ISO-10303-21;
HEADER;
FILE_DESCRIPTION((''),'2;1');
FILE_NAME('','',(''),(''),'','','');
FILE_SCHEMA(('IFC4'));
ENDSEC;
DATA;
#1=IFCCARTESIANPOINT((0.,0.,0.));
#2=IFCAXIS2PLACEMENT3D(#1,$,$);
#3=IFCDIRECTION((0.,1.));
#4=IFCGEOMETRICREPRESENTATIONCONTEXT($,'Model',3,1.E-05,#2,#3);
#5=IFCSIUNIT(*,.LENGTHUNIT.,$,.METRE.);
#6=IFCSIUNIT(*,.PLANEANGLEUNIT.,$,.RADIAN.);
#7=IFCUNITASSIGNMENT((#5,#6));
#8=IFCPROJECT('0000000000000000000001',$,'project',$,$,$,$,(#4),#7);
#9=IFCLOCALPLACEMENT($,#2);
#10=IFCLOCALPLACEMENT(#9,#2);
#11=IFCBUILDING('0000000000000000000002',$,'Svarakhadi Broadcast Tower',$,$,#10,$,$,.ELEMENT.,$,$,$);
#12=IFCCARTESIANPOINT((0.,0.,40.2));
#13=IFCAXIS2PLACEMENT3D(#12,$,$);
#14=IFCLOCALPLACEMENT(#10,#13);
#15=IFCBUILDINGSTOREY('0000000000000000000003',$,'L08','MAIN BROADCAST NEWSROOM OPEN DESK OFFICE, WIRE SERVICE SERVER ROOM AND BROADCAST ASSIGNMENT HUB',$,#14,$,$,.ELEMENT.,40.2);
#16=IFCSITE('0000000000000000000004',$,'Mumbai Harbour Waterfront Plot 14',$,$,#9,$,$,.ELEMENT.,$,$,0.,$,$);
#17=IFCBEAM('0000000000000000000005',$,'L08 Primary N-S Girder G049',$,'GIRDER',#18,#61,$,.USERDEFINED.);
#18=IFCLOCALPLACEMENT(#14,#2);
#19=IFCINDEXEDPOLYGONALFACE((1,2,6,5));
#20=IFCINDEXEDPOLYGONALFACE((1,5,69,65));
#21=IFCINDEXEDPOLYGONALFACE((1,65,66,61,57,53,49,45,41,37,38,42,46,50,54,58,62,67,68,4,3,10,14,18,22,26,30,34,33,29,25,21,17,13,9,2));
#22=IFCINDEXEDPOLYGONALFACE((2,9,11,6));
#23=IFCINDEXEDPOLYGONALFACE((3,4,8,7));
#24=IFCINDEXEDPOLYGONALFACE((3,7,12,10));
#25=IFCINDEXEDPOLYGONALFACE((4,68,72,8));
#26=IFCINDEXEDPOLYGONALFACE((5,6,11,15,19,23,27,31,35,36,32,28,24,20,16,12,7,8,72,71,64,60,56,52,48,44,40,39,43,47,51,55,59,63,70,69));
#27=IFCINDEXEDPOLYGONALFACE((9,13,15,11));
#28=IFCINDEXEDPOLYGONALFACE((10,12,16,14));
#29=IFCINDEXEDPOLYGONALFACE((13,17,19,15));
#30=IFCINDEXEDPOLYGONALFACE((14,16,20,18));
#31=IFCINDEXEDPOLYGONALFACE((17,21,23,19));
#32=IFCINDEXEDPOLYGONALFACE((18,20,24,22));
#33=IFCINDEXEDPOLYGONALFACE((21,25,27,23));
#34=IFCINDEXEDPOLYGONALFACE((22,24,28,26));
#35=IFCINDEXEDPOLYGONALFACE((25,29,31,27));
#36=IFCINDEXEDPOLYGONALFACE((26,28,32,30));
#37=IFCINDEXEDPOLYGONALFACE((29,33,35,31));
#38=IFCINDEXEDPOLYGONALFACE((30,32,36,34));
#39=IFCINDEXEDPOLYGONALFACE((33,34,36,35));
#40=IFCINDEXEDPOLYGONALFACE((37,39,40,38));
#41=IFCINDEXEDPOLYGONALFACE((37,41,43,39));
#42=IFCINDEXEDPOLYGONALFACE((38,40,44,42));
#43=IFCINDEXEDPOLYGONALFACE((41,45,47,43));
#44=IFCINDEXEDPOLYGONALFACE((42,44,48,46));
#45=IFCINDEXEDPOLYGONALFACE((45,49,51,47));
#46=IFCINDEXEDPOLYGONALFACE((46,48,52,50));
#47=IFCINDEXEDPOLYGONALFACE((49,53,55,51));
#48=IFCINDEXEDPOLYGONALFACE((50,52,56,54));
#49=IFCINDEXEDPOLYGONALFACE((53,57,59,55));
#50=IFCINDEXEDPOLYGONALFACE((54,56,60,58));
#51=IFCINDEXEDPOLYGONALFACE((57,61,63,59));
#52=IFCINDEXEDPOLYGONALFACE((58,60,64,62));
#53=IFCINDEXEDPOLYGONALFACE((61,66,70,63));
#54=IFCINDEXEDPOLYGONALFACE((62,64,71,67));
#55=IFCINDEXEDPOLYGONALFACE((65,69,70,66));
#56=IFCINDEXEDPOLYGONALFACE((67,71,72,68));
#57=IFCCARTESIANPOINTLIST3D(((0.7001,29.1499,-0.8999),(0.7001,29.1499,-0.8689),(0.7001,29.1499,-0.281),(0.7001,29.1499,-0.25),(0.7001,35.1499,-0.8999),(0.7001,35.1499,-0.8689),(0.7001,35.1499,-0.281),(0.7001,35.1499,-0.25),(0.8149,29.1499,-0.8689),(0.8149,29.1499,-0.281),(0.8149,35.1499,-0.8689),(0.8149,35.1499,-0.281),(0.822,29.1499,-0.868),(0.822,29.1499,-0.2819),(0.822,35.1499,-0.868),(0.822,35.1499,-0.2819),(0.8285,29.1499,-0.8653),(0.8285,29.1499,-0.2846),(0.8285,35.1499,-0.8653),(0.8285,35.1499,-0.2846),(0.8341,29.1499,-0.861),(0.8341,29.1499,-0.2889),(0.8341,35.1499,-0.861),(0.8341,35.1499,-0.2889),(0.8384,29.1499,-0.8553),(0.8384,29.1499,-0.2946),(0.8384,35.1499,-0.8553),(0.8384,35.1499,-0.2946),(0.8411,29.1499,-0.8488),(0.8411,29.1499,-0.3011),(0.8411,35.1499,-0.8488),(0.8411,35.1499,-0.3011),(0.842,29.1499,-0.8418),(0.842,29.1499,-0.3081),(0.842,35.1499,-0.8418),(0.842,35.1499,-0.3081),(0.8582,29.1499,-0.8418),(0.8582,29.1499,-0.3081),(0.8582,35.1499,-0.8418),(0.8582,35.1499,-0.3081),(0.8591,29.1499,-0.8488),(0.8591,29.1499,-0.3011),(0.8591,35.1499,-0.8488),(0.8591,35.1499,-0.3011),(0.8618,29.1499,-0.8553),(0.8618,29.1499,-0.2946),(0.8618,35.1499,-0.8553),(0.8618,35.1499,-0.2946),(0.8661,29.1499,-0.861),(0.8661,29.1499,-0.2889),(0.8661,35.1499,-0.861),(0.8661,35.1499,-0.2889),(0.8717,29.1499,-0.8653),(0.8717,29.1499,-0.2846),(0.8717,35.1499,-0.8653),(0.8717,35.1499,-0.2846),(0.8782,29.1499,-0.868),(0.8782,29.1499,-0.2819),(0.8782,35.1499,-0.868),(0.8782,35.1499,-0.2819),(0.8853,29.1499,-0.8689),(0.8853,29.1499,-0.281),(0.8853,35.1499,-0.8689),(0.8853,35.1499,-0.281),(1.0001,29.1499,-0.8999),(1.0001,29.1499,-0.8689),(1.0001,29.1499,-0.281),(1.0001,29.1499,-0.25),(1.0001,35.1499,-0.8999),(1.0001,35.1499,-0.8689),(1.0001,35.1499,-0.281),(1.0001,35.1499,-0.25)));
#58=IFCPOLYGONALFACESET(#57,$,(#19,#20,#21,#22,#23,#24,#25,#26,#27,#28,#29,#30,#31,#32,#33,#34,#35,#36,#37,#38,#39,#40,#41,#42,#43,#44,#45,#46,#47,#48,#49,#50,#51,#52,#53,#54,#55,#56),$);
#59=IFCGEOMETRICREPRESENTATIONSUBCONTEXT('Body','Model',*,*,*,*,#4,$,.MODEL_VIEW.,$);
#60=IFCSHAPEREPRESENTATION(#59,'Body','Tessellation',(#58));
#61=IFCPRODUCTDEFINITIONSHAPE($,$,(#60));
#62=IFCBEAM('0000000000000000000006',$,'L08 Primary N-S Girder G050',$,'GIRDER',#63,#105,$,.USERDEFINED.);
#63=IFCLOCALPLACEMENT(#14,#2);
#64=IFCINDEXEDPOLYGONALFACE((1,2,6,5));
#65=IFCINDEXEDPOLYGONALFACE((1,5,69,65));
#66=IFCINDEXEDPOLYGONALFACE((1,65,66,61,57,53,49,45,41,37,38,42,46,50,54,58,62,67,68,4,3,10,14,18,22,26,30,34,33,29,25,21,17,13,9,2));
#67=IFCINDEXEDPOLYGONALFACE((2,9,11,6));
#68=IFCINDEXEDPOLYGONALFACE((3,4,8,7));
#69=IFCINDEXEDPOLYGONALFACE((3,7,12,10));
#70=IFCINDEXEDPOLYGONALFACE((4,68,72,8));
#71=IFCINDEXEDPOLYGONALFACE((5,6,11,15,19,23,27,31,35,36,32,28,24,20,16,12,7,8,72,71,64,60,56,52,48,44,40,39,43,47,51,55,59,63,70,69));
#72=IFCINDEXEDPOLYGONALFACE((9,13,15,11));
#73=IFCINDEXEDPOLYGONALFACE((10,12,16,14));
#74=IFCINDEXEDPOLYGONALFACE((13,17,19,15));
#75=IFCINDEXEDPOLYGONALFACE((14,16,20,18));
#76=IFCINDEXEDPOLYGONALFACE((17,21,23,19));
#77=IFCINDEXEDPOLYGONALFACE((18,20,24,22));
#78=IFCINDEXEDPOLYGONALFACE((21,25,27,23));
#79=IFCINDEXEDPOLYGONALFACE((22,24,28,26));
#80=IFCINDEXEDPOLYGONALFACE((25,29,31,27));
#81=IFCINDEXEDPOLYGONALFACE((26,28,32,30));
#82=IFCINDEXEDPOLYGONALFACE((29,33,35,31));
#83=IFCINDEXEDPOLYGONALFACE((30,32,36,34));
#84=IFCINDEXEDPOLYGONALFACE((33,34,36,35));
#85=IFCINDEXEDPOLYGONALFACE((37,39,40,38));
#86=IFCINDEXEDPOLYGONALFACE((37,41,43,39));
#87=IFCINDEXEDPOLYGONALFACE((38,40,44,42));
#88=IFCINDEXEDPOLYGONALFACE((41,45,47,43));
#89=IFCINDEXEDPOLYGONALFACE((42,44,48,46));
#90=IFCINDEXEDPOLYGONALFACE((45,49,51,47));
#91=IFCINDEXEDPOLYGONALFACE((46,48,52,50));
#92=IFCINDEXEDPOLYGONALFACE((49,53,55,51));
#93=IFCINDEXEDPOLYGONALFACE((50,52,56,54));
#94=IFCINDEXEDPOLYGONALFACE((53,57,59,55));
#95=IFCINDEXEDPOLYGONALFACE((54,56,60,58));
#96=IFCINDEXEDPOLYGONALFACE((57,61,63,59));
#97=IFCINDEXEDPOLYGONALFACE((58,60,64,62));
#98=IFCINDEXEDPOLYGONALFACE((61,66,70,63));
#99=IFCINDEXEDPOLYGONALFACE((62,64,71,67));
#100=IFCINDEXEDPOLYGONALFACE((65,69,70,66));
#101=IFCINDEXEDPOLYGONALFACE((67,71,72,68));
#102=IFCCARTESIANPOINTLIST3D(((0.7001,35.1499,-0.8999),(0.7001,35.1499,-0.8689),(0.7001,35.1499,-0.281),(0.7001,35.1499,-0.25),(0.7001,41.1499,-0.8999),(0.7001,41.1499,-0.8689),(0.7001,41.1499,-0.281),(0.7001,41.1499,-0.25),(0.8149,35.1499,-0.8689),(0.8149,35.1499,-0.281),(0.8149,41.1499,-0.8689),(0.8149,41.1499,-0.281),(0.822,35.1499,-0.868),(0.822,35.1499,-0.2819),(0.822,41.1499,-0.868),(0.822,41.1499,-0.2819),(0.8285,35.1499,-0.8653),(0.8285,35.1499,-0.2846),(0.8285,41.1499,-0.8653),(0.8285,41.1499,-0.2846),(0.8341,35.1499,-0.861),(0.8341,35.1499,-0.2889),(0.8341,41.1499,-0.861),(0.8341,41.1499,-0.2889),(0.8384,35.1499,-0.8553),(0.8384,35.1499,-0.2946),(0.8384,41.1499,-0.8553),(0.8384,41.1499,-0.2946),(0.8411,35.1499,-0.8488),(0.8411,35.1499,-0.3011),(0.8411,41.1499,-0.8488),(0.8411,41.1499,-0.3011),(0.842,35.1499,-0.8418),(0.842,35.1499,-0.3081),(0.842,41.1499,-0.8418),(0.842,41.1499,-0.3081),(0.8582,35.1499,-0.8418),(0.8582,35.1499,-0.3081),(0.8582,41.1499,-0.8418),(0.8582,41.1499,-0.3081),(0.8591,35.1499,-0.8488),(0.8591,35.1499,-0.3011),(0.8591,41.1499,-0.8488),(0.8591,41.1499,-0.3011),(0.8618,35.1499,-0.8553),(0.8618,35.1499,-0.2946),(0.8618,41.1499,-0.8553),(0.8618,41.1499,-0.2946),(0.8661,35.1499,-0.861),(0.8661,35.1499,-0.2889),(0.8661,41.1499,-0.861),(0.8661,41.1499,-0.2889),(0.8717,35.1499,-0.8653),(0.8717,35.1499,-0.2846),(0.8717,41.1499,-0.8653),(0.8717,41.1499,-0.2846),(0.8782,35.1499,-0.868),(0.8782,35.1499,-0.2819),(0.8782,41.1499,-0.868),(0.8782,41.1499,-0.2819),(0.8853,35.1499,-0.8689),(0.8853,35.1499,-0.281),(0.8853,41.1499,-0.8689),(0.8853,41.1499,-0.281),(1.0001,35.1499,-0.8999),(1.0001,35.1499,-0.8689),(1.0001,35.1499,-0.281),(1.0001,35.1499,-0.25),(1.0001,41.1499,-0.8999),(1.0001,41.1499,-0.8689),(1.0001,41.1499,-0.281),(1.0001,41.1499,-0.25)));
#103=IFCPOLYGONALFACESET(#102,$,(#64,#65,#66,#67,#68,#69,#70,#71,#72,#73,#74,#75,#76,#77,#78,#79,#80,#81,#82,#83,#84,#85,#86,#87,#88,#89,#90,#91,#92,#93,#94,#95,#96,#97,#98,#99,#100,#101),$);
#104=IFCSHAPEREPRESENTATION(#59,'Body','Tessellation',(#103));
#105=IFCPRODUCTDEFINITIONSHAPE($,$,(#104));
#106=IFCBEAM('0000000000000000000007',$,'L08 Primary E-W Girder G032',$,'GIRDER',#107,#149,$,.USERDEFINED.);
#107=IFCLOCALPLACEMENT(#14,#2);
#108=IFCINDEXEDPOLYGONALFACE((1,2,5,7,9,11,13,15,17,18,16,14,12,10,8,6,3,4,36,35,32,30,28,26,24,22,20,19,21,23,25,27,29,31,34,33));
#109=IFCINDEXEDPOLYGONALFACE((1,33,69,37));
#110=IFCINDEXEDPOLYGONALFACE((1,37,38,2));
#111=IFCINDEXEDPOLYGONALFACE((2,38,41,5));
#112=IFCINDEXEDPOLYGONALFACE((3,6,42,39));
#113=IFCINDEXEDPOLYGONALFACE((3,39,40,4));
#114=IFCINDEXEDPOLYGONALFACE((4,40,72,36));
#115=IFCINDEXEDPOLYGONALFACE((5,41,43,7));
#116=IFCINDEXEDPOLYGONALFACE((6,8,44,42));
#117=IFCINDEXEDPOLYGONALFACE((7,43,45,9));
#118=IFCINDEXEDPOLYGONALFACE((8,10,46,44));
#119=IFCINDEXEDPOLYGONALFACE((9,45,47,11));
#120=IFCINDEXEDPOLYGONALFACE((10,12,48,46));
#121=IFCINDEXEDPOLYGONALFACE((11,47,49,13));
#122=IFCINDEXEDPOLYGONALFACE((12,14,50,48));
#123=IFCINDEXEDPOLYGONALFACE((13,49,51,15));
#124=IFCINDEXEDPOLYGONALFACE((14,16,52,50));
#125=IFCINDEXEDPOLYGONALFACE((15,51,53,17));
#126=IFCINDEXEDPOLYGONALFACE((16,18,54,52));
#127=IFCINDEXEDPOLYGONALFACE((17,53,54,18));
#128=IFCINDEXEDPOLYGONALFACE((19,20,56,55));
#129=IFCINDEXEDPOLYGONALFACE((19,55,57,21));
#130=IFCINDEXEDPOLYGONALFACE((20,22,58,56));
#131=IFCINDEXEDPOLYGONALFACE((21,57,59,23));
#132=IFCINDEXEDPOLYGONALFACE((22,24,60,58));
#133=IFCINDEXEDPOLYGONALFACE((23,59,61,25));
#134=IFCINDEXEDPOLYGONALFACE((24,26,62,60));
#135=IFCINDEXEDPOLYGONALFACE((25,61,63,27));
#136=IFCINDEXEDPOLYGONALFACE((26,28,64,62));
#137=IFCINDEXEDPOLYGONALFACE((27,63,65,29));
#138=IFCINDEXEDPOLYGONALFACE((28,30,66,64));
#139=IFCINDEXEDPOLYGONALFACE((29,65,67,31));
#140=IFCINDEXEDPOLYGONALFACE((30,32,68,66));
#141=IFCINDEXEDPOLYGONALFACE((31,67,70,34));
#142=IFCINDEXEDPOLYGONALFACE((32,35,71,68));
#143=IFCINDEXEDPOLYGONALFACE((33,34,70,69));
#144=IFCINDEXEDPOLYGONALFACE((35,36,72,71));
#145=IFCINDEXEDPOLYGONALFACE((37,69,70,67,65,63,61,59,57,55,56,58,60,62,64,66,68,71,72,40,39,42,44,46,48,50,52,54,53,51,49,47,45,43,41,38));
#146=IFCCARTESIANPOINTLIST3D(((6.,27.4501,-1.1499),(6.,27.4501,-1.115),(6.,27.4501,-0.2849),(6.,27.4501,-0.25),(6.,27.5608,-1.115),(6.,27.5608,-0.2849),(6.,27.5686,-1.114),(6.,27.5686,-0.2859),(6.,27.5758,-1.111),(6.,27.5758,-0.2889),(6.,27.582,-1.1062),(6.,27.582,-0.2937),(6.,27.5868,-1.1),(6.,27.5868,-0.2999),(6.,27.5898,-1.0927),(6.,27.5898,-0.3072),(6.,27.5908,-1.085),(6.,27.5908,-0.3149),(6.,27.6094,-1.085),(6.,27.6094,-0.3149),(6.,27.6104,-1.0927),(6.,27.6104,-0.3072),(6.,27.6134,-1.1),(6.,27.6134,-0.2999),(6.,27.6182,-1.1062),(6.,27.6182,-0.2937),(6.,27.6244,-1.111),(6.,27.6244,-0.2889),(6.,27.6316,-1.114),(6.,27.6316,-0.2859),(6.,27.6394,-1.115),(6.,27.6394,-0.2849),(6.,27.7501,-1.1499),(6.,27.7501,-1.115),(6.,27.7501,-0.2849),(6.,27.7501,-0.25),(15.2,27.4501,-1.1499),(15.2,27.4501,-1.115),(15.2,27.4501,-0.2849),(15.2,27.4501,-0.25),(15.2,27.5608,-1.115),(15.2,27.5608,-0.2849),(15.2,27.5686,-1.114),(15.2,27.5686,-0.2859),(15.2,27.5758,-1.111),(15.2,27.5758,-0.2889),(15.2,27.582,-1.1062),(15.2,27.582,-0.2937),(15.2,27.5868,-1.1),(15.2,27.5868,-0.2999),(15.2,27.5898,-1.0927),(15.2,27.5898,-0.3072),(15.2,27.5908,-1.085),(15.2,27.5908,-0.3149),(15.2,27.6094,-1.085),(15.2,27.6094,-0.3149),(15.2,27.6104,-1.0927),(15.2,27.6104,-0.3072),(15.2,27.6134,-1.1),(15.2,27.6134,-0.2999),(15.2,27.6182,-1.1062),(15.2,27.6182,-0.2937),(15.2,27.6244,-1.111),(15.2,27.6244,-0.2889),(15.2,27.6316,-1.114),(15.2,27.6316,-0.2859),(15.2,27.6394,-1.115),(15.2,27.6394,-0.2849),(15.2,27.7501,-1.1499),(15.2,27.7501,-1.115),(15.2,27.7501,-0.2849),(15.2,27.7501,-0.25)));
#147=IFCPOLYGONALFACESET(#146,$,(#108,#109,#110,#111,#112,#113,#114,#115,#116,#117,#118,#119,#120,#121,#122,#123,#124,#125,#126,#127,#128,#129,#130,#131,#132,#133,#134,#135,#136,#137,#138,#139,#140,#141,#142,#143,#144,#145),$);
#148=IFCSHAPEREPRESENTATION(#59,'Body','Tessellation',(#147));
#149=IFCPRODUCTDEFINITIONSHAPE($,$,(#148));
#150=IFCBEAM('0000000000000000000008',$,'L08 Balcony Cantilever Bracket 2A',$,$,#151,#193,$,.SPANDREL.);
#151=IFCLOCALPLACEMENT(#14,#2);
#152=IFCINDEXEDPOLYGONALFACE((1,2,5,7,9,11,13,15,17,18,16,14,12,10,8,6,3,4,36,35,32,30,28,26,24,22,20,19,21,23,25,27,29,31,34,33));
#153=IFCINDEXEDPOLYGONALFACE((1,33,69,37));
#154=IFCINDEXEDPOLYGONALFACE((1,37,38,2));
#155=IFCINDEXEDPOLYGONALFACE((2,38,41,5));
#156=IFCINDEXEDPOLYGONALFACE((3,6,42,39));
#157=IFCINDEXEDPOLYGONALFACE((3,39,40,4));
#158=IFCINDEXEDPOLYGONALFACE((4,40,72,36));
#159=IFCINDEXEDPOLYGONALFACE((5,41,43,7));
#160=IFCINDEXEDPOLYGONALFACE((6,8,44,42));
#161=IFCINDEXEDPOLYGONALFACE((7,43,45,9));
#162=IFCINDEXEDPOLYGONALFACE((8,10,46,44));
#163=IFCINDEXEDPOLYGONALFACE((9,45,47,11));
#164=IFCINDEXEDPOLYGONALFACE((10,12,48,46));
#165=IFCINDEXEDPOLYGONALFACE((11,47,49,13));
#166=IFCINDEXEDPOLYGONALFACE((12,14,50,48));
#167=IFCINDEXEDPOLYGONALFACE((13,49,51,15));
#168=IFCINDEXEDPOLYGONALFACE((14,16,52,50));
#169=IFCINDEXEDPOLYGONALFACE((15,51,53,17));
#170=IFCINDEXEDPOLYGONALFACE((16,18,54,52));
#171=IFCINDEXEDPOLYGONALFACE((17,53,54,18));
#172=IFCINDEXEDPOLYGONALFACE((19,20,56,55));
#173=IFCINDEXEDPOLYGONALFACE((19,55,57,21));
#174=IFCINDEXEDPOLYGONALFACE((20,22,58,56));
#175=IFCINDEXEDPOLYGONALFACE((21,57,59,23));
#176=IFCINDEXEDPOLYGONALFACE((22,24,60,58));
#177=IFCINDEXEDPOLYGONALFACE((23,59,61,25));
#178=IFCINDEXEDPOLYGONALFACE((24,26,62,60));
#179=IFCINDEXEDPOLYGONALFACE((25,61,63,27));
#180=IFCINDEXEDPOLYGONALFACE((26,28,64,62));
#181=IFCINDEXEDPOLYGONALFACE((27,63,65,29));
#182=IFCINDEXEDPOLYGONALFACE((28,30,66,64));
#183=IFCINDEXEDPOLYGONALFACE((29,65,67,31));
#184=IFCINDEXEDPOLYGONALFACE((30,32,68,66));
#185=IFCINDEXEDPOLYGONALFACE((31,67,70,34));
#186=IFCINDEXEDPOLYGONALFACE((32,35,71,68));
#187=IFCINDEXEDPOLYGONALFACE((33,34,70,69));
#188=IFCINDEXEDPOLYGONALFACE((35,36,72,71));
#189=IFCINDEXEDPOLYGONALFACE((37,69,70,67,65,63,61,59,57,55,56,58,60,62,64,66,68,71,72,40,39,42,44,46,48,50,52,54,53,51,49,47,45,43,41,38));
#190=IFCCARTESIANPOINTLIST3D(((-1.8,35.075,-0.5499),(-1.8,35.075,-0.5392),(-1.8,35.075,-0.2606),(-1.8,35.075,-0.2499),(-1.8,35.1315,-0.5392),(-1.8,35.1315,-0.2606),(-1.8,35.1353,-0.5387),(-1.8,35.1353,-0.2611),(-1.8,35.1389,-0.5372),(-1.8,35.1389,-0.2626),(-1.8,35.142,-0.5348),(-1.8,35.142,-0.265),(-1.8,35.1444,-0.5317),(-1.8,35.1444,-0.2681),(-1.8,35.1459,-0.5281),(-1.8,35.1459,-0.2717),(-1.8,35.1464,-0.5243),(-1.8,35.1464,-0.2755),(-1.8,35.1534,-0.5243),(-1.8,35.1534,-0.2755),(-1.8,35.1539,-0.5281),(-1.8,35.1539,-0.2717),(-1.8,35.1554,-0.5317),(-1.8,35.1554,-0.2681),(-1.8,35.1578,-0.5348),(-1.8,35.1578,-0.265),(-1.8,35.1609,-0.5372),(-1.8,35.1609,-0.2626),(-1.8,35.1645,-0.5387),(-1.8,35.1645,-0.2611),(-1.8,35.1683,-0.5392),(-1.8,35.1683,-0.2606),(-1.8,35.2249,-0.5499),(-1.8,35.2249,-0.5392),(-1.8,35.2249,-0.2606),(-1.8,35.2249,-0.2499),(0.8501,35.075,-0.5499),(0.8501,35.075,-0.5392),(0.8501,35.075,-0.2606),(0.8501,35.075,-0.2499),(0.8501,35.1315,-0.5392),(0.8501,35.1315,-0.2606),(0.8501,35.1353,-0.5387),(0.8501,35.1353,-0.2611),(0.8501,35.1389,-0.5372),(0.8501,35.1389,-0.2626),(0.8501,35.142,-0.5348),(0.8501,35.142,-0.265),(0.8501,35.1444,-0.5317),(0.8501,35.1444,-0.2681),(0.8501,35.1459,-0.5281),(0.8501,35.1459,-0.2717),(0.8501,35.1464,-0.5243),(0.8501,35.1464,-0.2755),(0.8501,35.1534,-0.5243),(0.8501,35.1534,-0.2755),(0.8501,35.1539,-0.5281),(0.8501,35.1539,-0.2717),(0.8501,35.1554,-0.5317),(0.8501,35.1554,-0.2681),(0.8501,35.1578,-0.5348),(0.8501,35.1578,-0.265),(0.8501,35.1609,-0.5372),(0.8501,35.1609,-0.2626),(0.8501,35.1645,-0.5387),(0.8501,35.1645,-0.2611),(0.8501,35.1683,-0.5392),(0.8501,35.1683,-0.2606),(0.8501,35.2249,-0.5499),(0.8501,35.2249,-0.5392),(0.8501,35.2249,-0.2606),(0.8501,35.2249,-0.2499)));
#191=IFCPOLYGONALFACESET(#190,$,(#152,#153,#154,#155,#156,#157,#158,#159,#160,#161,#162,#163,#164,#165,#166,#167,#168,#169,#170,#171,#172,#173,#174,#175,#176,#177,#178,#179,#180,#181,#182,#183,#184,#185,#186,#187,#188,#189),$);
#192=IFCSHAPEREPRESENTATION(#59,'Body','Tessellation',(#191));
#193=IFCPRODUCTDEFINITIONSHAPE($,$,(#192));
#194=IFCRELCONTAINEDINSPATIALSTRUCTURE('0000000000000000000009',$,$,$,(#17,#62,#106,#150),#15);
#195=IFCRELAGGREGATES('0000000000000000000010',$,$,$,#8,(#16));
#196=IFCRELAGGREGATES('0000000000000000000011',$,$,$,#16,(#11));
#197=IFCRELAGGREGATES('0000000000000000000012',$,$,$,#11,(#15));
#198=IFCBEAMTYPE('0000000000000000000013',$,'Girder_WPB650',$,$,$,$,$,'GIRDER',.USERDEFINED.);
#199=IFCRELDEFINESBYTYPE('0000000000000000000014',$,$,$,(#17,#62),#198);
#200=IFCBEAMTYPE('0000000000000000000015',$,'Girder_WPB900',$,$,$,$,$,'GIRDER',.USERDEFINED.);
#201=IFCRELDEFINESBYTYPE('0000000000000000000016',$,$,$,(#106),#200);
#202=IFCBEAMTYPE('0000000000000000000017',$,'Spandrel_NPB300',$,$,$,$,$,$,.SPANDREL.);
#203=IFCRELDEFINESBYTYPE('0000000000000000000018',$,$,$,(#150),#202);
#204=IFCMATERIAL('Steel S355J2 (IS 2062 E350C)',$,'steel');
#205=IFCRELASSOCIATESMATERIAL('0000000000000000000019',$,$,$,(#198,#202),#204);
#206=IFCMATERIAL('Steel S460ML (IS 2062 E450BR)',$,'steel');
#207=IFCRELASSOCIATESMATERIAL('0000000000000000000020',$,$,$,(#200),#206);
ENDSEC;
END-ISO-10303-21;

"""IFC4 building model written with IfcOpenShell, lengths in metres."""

from ifc_helpers import new_model, si_unit, direction, frame, origin, origin_2d, place, context, subcontext, project, spatial, i_section, extrude, material, material_profile, profile_set, type_object, element, save


model = new_model("IFC4")

# Units and contexts
model_context = context("Model", 3, precision=1e-05, world=origin(), true_north=direction((0.0, 1.0)))
body_context = subcontext(model_context, "Body", "Model", "MODEL_VIEW")
ifc_project = project(units=[si_unit("LENGTHUNIT", "METRE"), si_unit("PLANEANGLEUNIT", "RADIAN")], contexts=[model_context])

# Site, building, storey
site_placement = place(None, origin())
site = spatial("IfcSite", under=ifc_project, at=site_placement, Name="Mumbai Harbour Waterfront Plot 14", CompositionType="ELEMENT", RefElevation=0.0)
building_placement = place(site_placement, origin())
building = spatial("IfcBuilding", under=site, at=building_placement, Name="Svarakhadi Broadcast Tower", CompositionType="ELEMENT")
storey_placement = place(building_placement, frame((0.0, 0.0, 40.2)))
storey = spatial("IfcBuildingStorey", under=building, at=storey_placement, Name="L08", Description="MAIN BROADCAST NEWSROOM OPEN DESK OFFICE, WIRE SERVICE SERVER ROOM AND BROADCAST ASSIGNMENT HUB", CompositionType="ELEMENT", Elevation=40.2)

# Shared definitions
ifc_material_1 = material(Name="Steel S460ML (IS 2062 E450BR)", Category="steel")

# Shared definitions
ifc_material_2 = material(Name="Steel S355J2 (IS 2062 E350C)", Category="steel")

# Beams
ifc_material_profile_1 = material_profile(ifc_material_2, i_section(OverallWidth=0.3, OverallDepth=0.6499, WebThickness=0.0161, FlangeThickness=0.031, FilletRadius=0.0271, at=origin_2d()), Name="WPB 650x300x225")
ifc_profile_set_1 = profile_set([ifc_material_profile_1], Name="Steel S355J2 (IS 2062 E350C)")
beam_type_1 = type_object("IfcBeamType", Name="Girder_WPB650", ElementType="GIRDER", PredefinedType="USERDEFINED", material=ifc_profile_set_1)
for number, where, z_axis, x_axis, name in (
    (1, (0.8501, 29.1499, -0.575), (0.0, 1.0, 0.0), (-1.0, 0.0, 0.0), "L08 Primary N-S Girder G049"),
    (2, (0.8501, 35.1499, -0.575), (0.0, 1.0, 0.0), (-1.0, 0.0, 0.0), "L08 Primary N-S Girder G050"),
):
    element("IfcBeam", number, at=place(storey_placement, frame(where, z_axis=z_axis, x_axis=x_axis)), inside=storey, type_object=beam_type_1, Name=name, ObjectType="GIRDER", PredefinedType="USERDEFINED", context=body_context, shape_type="SweptSolid", body=[
        extrude(i_section(OverallWidth=0.3, OverallDepth=0.6499, WebThickness=0.0161, FlangeThickness=0.031, FilletRadius=0.0271, at=origin_2d()), origin(), (0.0, 0.0, 1.0), 6.0),
    ])
ifc_material_profile_2 = material_profile(ifc_material_1, i_section(OverallWidth=0.3, OverallDepth=0.8999, WebThickness=0.0186, FlangeThickness=0.0349, FilletRadius=0.03, at=origin_2d()), Name="WPB 900x300x291")
ifc_profile_set_2 = profile_set([ifc_material_profile_2], Name="Steel S460ML (IS 2062 E450BR)")
beam_type_2 = type_object("IfcBeamType", Name="Girder_WPB900", ElementType="GIRDER", PredefinedType="USERDEFINED", material=ifc_profile_set_2)
beam_1_placement = place(storey_placement, frame((6.0, 27.6001, -0.7), z_axis=(1.0, 0.0, 0.0), x_axis=(0.0, 1.0, 0.0)))
element("IfcBeam", 3, at=beam_1_placement, inside=storey, type_object=beam_type_2, Name="L08 Primary E-W Girder G032", ObjectType="GIRDER", PredefinedType="USERDEFINED", context=body_context, shape_type="SweptSolid", body=[
    extrude(i_section(OverallWidth=0.3, OverallDepth=0.8999, WebThickness=0.0186, FlangeThickness=0.0349, FilletRadius=0.03, at=origin_2d()), origin(), (0.0, 0.0, 1.0), 9.2),
])
ifc_material_profile_3 = material_profile(ifc_material_2, i_section(OverallWidth=0.1499, OverallDepth=0.3, WebThickness=0.0071, FlangeThickness=0.0107, FilletRadius=0.0149, at=origin_2d()), Name="NPB 300x150x37")
ifc_profile_set_3 = profile_set([ifc_material_profile_3], Name="Steel S355J2 (IS 2062 E350C)")
beam_type_3 = type_object("IfcBeamType", Name="Spandrel_NPB300", PredefinedType="SPANDREL", material=ifc_profile_set_3)
beam_2_placement = place(storey_placement, frame((0.8501, 35.1499, -0.3999), z_axis=(-1.0, 0.0, 0.0), x_axis=(0.0, -1.0, 0.0)))
element("IfcBeam", 4, at=beam_2_placement, inside=storey, type_object=beam_type_3, Name="L08 Balcony Cantilever Bracket 2A", PredefinedType="SPANDREL", context=body_context, shape_type="SweptSolid", body=[
    extrude(i_section(OverallWidth=0.1499, OverallDepth=0.3, WebThickness=0.0071, FlangeThickness=0.0107, FilletRadius=0.0149, at=origin_2d()), origin(), (0.0, 0.0, 1.0), 2.6501),
])

save(model, "model.ifc")
